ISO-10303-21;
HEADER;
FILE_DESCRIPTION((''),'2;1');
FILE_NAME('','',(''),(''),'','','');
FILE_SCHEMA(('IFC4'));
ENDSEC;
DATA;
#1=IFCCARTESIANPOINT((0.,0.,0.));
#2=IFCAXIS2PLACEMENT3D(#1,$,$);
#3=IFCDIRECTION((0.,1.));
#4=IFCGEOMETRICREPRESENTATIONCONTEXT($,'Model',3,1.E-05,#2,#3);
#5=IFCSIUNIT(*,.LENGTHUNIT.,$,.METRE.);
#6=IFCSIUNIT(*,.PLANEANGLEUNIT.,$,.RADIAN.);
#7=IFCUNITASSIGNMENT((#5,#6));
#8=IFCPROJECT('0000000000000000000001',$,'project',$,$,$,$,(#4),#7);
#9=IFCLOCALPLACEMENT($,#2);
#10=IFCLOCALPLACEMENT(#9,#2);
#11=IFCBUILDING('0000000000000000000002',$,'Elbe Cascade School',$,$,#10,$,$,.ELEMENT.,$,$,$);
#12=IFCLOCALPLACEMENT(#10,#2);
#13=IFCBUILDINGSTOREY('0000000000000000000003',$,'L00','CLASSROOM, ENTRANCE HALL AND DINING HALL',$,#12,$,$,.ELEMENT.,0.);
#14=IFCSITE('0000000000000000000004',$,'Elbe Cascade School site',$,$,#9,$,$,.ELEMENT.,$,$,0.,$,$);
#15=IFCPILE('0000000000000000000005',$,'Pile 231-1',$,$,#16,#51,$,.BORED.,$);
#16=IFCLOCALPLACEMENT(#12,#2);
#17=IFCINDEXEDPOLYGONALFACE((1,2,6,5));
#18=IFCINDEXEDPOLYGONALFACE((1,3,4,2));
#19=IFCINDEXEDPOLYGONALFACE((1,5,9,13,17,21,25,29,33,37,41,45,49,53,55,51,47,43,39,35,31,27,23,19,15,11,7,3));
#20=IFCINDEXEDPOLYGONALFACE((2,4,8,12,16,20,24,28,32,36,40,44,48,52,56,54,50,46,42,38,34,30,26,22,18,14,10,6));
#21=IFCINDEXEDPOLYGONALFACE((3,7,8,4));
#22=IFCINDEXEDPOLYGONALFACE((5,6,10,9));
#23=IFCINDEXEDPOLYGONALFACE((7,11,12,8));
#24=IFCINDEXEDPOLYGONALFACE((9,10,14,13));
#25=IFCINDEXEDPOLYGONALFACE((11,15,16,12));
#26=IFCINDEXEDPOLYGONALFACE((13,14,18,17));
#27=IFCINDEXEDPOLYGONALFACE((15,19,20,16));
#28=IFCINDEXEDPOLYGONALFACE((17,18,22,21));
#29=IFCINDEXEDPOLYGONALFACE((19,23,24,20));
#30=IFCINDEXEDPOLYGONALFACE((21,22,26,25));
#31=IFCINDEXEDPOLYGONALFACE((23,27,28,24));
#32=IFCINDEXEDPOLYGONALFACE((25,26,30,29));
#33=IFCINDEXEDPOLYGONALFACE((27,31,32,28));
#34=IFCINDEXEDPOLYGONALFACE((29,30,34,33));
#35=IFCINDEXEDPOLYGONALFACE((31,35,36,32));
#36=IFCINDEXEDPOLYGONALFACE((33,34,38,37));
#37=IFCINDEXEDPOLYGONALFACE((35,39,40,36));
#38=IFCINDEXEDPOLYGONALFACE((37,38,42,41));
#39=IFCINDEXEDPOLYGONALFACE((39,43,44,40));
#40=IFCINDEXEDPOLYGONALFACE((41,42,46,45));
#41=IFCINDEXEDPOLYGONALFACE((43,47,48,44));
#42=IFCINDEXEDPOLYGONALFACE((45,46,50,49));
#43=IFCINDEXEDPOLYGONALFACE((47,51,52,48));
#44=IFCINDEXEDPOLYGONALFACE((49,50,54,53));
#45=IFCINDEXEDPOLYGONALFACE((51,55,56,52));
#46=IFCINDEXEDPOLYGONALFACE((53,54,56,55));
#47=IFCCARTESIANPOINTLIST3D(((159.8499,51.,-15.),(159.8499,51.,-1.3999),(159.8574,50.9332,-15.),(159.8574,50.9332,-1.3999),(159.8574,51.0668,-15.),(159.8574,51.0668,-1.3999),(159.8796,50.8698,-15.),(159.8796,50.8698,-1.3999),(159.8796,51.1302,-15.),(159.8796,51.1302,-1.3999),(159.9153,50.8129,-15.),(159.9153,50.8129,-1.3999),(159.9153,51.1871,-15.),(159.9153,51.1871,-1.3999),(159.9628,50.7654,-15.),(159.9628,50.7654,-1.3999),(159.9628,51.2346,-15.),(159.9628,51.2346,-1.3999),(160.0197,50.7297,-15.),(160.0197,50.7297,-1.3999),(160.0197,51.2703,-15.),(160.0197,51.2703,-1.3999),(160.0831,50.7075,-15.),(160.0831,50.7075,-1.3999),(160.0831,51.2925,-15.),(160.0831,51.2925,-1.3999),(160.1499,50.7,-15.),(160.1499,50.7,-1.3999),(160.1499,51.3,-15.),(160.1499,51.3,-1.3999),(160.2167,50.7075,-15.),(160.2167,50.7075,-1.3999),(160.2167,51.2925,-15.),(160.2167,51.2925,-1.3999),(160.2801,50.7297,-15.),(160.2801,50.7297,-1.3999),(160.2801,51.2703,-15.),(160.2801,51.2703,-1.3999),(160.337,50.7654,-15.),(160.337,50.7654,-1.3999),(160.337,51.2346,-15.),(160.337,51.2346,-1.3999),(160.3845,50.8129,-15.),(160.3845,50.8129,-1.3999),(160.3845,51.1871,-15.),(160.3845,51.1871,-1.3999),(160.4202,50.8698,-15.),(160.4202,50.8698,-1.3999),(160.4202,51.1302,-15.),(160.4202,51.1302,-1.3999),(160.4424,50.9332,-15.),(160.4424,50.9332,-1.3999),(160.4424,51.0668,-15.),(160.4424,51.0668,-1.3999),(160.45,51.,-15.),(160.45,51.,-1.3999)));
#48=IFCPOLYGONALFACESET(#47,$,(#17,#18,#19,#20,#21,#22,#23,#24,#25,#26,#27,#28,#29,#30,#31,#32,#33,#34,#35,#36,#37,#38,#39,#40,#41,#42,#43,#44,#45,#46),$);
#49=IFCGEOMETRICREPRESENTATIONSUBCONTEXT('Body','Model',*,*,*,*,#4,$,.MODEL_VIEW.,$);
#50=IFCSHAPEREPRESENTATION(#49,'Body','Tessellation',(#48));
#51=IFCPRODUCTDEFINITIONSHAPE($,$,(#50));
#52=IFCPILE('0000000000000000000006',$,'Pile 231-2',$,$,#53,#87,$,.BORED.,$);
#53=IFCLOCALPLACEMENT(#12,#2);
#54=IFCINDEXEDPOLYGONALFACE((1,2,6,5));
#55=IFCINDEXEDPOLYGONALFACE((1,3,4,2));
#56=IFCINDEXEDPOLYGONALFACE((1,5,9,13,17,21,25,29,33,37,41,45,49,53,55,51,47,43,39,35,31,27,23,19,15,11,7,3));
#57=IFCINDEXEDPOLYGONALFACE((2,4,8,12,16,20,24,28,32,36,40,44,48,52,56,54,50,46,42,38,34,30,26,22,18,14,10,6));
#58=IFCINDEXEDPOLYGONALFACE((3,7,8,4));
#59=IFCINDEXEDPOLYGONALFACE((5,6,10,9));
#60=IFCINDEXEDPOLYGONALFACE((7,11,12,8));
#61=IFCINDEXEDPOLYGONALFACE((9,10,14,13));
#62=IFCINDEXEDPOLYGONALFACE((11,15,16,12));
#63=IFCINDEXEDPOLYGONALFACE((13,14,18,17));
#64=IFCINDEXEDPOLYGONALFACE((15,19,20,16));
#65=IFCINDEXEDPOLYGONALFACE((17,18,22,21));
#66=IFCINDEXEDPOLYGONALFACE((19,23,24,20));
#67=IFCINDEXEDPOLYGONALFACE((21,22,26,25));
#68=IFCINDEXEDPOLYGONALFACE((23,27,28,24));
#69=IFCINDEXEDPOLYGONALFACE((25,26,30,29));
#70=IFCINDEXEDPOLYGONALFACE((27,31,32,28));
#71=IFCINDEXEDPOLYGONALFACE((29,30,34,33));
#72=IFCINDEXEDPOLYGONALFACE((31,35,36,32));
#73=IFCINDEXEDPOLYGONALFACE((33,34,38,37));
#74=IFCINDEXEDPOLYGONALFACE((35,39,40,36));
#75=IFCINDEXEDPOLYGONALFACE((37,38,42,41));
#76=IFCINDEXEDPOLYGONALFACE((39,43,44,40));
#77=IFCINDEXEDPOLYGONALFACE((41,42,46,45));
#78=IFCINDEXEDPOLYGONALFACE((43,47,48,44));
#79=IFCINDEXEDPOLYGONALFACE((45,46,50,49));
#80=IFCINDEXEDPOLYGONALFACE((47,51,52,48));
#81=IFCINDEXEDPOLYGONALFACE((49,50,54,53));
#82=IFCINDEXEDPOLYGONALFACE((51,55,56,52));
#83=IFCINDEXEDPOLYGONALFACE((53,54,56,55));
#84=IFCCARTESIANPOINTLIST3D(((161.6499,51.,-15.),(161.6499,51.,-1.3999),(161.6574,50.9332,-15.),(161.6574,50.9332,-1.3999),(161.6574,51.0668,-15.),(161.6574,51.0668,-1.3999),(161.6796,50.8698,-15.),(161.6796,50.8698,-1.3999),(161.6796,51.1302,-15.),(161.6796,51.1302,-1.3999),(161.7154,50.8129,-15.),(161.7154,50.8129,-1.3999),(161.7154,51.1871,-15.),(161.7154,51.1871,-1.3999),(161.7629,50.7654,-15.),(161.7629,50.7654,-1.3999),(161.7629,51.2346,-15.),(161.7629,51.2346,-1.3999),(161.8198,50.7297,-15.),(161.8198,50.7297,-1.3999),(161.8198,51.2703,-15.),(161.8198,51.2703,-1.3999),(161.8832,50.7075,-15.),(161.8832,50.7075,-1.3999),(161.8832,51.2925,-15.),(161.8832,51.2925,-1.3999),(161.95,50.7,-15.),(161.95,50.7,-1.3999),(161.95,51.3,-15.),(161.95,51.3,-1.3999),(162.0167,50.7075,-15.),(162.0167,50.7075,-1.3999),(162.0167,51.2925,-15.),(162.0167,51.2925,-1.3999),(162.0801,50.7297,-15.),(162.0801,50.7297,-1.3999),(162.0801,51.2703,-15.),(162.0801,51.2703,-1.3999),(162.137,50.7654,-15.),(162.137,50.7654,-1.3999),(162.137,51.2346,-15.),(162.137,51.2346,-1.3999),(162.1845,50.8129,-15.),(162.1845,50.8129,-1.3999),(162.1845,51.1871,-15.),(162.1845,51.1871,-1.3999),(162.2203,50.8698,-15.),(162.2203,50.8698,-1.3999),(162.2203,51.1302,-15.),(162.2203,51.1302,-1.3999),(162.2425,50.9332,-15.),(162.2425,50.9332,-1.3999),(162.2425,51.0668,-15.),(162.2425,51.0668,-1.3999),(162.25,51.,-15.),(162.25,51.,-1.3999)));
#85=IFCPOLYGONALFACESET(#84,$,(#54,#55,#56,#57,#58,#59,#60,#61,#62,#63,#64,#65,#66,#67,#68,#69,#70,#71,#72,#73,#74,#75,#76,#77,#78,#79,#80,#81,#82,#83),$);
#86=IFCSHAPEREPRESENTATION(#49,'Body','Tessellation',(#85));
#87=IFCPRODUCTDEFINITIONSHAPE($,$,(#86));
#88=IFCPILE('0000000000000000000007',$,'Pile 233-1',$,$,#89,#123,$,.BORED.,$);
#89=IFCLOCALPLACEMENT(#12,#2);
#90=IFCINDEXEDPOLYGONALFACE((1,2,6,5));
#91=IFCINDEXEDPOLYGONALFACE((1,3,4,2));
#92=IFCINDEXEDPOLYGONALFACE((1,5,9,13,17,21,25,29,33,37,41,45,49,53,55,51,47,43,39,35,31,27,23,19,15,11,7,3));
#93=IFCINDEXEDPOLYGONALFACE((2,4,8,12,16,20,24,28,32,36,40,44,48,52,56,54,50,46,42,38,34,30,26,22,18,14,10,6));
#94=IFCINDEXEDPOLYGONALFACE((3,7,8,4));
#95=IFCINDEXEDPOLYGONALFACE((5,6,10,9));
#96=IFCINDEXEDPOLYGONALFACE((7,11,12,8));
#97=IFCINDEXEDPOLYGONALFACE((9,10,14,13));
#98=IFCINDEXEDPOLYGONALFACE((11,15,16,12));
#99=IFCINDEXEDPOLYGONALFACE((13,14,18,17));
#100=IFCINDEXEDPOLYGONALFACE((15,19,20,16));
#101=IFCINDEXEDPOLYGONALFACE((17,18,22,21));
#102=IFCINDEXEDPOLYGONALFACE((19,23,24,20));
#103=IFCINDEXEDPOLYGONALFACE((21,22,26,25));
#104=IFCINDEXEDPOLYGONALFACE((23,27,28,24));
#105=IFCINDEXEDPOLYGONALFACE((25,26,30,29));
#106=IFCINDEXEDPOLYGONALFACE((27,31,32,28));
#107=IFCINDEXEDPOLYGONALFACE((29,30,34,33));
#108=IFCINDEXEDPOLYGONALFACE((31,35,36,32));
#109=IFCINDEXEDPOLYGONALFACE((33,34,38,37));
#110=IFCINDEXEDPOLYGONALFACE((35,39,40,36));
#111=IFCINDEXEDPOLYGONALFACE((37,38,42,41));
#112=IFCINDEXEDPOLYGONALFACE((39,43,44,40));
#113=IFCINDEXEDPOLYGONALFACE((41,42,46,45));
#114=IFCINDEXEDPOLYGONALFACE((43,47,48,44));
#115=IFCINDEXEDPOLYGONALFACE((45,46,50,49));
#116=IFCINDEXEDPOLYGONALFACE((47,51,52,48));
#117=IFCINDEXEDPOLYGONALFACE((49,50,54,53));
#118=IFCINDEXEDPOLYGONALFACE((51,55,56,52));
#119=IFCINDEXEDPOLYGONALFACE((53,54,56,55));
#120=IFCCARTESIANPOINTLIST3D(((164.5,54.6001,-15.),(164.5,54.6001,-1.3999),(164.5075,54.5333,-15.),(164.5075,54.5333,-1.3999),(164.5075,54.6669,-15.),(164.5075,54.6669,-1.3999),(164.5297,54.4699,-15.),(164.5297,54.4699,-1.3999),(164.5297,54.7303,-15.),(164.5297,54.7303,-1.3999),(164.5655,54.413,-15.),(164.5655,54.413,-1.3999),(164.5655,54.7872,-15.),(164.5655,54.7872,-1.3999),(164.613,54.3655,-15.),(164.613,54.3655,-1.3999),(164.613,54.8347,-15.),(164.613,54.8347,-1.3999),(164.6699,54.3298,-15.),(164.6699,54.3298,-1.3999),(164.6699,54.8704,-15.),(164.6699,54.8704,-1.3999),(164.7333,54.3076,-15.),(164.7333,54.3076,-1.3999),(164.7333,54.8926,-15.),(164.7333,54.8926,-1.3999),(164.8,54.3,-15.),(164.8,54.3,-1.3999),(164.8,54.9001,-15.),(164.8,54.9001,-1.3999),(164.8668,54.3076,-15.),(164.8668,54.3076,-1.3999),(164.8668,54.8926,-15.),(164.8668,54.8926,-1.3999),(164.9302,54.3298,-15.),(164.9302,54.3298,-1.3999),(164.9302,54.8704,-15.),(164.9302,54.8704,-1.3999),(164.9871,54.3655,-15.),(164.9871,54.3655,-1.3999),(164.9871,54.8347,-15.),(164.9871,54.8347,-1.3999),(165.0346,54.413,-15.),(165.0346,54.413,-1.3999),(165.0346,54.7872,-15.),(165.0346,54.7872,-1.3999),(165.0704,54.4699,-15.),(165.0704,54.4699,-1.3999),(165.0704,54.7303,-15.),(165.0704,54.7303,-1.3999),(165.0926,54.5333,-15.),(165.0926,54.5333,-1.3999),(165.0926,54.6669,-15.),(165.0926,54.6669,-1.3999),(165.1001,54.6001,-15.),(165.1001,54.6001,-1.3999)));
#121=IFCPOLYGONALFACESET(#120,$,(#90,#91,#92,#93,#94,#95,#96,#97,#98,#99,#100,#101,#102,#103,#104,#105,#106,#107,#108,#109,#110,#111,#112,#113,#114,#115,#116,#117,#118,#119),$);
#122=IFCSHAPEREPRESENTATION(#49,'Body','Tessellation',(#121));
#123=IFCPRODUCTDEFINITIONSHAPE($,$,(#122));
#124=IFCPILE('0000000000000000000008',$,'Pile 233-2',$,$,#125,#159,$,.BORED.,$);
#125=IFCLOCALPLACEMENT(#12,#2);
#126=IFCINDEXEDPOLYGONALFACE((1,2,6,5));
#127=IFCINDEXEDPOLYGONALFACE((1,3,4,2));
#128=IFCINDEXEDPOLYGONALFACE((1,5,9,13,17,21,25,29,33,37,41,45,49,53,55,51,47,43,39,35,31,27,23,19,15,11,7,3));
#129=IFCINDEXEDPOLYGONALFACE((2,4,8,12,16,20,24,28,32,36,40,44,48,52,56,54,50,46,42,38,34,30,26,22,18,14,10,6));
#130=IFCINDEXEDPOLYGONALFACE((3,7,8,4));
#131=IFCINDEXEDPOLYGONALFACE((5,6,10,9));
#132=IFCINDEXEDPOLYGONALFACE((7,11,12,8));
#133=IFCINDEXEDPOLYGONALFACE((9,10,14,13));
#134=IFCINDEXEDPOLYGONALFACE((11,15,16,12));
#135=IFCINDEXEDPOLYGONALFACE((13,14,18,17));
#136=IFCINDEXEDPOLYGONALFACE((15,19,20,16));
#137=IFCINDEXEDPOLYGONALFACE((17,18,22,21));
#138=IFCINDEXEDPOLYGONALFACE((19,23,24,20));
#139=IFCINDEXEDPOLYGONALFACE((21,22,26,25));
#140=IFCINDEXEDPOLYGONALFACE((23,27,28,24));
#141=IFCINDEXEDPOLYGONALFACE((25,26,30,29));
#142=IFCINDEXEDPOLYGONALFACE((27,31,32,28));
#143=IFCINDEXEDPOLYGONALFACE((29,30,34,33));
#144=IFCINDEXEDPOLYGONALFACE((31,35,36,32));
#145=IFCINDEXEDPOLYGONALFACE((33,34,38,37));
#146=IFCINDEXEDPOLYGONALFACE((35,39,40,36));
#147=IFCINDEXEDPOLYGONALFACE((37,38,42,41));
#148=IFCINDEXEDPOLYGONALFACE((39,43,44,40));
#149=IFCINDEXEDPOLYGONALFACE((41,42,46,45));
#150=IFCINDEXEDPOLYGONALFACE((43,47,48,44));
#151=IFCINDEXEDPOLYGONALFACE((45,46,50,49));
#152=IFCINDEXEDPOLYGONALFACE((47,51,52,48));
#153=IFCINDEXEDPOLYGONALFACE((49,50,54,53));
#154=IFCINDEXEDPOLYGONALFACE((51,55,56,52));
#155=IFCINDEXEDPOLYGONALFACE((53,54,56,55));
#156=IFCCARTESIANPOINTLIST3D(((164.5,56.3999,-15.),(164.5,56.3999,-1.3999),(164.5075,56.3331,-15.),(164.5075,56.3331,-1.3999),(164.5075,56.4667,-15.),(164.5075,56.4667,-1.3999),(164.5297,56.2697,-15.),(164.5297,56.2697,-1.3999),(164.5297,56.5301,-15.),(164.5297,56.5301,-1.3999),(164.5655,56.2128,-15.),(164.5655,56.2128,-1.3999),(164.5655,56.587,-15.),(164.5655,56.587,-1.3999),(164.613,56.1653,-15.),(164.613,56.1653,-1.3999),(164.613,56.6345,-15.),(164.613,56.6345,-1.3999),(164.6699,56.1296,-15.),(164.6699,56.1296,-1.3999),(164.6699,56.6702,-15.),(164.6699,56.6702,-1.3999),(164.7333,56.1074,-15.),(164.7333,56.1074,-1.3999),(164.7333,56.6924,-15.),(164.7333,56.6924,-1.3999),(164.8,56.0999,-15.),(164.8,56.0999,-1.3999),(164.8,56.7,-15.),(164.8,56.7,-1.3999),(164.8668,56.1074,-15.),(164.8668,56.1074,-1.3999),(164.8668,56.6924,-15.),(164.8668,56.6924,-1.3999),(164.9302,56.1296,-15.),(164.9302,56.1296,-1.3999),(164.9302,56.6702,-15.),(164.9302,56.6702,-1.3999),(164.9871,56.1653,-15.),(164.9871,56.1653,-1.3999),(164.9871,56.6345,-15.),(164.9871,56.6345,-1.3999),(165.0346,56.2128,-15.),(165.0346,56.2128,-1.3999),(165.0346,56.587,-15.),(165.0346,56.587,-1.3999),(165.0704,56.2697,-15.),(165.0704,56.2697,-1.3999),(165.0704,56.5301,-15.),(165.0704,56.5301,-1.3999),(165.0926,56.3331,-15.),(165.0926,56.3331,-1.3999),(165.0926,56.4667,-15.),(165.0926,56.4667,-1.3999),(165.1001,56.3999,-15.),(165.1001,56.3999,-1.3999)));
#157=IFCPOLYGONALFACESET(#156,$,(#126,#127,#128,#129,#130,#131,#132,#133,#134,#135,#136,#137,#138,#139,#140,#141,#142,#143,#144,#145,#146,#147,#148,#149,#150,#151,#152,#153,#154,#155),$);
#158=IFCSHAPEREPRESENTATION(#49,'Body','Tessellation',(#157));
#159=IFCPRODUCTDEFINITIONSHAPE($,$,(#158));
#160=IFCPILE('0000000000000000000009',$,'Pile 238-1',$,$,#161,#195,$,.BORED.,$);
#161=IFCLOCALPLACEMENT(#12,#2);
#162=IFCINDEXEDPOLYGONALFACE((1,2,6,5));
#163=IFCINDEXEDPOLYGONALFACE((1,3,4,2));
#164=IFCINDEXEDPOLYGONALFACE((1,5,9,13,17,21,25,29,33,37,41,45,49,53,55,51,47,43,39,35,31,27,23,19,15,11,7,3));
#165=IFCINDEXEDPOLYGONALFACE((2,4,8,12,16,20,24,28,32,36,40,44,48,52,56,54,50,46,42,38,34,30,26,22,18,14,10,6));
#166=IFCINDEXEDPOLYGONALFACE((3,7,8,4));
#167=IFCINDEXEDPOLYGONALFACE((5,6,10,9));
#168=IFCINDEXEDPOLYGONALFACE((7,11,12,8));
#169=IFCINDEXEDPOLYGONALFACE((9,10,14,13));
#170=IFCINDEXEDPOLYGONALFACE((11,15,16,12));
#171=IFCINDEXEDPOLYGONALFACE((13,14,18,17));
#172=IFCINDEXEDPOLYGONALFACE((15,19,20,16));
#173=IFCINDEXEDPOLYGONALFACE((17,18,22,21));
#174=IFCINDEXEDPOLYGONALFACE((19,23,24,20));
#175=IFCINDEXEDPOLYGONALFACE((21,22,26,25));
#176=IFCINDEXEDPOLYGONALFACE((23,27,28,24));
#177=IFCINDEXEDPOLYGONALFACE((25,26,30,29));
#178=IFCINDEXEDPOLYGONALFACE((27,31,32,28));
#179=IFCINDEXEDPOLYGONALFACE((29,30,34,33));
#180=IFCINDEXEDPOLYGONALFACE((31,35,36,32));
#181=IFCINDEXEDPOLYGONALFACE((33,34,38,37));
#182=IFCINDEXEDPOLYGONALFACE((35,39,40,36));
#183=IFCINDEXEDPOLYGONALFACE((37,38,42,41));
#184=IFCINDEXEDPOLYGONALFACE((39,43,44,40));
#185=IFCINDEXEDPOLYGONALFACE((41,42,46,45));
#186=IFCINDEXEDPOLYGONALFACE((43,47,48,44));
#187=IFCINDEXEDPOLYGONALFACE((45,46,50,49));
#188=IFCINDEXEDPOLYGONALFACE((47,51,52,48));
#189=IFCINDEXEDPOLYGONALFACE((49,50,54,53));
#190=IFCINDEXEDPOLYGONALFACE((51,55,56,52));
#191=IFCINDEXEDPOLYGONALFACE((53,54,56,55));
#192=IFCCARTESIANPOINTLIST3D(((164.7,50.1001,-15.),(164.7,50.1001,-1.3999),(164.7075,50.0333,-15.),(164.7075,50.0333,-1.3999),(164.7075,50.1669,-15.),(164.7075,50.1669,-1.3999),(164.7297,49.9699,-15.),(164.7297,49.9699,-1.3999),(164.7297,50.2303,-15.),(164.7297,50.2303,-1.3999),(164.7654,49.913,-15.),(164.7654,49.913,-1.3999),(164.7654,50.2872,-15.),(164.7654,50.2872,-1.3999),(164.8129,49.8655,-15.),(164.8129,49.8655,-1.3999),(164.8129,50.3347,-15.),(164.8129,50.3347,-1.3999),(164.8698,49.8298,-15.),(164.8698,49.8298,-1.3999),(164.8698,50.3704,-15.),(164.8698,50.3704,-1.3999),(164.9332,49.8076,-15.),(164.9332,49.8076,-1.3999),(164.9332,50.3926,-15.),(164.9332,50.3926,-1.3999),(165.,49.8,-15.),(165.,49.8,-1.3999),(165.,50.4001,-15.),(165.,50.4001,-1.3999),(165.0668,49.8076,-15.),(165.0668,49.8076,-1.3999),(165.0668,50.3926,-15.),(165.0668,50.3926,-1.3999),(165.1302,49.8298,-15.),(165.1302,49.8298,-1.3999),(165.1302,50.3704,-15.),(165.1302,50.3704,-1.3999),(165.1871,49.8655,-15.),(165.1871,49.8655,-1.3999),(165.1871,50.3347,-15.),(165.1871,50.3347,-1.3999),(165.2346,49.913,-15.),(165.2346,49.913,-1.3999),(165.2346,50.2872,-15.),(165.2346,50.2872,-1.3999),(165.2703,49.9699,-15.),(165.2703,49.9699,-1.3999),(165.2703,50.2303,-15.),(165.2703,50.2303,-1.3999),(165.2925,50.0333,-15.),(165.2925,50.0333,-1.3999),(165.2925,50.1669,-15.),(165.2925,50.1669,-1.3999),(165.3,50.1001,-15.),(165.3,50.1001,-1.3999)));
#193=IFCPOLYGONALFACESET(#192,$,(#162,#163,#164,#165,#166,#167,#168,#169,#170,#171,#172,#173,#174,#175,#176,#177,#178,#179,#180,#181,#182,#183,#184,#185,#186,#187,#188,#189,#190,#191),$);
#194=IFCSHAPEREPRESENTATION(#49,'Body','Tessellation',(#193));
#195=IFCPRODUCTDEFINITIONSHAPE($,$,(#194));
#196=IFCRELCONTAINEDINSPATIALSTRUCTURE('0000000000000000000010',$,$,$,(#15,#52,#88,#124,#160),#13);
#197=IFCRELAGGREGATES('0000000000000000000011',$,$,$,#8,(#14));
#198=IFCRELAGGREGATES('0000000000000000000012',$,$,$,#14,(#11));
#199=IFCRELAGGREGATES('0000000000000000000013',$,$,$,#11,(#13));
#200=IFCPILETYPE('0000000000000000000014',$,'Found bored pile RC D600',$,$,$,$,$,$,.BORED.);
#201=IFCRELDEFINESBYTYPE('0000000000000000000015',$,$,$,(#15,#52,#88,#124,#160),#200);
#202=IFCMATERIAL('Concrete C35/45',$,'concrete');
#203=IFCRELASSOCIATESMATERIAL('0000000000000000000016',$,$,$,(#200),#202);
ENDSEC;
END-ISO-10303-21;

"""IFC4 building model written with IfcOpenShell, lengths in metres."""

from ifc_helpers import new_model, si_unit, direction, frame, origin, origin_2d, place, context, subcontext, project, spatial, circle, extrude, material, material_profile, profile_set, type_object, element, save


model = new_model("IFC4")

# Units and contexts
model_context = context("Model", 3, precision=1e-05, world=origin(), true_north=direction((0.0, 1.0)))
body_context = subcontext(model_context, "Body", "Model", "MODEL_VIEW")
ifc_project = project(units=[si_unit("LENGTHUNIT", "METRE"), si_unit("PLANEANGLEUNIT", "RADIAN")], contexts=[model_context])

# Site, building, storey
site_placement = place(None, origin())
site = spatial("IfcSite", under=ifc_project, at=site_placement, Name="Elbe Cascade School site", CompositionType="ELEMENT", RefElevation=0.0)
building_placement = place(site_placement, origin())
building = spatial("IfcBuilding", under=site, at=building_placement, Name="Elbe Cascade School", CompositionType="ELEMENT")
storey_placement = place(building_placement, origin())
storey = spatial("IfcBuildingStorey", under=building, at=storey_placement, Name="L00", Description="CLASSROOM, ENTRANCE HALL AND DINING HALL", CompositionType="ELEMENT", Elevation=0.0)

# Piles
ifc_material_1 = material(Name="Concrete C35/45", Category="concrete")
ifc_material_profile_1 = material_profile(ifc_material_1, circle(Radius=0.3, at=origin_2d()), Name="RC D600")
ifc_profile_set_1 = profile_set([ifc_material_profile_1], Name="Concrete C35/45")
pile_type = type_object("IfcPileType", Name="Found bored pile RC D600", PredefinedType="BORED", material=ifc_profile_set_1)
for number, where, z_axis, x_axis, name in (
    (1, (160.1499, 51.0, -1.3999), (0.0, 0.0, -1.0), (1.0, 0.0, 0.0), "Pile 231-1"),
    (2, (161.95, 51.0, -1.3999), (0.0, 0.0, -1.0), (1.0, 0.0, 0.0), "Pile 231-2"),
    (3, (164.8, 54.6001, -1.3999), (0.0, 0.0, -1.0), (1.0, 0.0, 0.0), "Pile 233-1"),
    (4, (164.8, 56.3999, -1.3999), (0.0, 0.0, -1.0), (1.0, 0.0, 0.0), "Pile 233-2"),
    (5, (165.0, 50.1001, -1.3999), (0.0, 0.0, -1.0), (1.0, 0.0, 0.0), "Pile 238-1"),
):
    element("IfcPile", number, at=place(storey_placement, frame(where, z_axis=z_axis, x_axis=x_axis)), inside=storey, type_object=pile_type, Name=name, PredefinedType="BORED", context=body_context, shape_type="SweptSolid", body=[
        extrude(circle(Radius=0.3, at=origin_2d()), origin(), (0.0, 0.0, 1.0), 13.6001),
    ])

save(model, "model.ifc")
